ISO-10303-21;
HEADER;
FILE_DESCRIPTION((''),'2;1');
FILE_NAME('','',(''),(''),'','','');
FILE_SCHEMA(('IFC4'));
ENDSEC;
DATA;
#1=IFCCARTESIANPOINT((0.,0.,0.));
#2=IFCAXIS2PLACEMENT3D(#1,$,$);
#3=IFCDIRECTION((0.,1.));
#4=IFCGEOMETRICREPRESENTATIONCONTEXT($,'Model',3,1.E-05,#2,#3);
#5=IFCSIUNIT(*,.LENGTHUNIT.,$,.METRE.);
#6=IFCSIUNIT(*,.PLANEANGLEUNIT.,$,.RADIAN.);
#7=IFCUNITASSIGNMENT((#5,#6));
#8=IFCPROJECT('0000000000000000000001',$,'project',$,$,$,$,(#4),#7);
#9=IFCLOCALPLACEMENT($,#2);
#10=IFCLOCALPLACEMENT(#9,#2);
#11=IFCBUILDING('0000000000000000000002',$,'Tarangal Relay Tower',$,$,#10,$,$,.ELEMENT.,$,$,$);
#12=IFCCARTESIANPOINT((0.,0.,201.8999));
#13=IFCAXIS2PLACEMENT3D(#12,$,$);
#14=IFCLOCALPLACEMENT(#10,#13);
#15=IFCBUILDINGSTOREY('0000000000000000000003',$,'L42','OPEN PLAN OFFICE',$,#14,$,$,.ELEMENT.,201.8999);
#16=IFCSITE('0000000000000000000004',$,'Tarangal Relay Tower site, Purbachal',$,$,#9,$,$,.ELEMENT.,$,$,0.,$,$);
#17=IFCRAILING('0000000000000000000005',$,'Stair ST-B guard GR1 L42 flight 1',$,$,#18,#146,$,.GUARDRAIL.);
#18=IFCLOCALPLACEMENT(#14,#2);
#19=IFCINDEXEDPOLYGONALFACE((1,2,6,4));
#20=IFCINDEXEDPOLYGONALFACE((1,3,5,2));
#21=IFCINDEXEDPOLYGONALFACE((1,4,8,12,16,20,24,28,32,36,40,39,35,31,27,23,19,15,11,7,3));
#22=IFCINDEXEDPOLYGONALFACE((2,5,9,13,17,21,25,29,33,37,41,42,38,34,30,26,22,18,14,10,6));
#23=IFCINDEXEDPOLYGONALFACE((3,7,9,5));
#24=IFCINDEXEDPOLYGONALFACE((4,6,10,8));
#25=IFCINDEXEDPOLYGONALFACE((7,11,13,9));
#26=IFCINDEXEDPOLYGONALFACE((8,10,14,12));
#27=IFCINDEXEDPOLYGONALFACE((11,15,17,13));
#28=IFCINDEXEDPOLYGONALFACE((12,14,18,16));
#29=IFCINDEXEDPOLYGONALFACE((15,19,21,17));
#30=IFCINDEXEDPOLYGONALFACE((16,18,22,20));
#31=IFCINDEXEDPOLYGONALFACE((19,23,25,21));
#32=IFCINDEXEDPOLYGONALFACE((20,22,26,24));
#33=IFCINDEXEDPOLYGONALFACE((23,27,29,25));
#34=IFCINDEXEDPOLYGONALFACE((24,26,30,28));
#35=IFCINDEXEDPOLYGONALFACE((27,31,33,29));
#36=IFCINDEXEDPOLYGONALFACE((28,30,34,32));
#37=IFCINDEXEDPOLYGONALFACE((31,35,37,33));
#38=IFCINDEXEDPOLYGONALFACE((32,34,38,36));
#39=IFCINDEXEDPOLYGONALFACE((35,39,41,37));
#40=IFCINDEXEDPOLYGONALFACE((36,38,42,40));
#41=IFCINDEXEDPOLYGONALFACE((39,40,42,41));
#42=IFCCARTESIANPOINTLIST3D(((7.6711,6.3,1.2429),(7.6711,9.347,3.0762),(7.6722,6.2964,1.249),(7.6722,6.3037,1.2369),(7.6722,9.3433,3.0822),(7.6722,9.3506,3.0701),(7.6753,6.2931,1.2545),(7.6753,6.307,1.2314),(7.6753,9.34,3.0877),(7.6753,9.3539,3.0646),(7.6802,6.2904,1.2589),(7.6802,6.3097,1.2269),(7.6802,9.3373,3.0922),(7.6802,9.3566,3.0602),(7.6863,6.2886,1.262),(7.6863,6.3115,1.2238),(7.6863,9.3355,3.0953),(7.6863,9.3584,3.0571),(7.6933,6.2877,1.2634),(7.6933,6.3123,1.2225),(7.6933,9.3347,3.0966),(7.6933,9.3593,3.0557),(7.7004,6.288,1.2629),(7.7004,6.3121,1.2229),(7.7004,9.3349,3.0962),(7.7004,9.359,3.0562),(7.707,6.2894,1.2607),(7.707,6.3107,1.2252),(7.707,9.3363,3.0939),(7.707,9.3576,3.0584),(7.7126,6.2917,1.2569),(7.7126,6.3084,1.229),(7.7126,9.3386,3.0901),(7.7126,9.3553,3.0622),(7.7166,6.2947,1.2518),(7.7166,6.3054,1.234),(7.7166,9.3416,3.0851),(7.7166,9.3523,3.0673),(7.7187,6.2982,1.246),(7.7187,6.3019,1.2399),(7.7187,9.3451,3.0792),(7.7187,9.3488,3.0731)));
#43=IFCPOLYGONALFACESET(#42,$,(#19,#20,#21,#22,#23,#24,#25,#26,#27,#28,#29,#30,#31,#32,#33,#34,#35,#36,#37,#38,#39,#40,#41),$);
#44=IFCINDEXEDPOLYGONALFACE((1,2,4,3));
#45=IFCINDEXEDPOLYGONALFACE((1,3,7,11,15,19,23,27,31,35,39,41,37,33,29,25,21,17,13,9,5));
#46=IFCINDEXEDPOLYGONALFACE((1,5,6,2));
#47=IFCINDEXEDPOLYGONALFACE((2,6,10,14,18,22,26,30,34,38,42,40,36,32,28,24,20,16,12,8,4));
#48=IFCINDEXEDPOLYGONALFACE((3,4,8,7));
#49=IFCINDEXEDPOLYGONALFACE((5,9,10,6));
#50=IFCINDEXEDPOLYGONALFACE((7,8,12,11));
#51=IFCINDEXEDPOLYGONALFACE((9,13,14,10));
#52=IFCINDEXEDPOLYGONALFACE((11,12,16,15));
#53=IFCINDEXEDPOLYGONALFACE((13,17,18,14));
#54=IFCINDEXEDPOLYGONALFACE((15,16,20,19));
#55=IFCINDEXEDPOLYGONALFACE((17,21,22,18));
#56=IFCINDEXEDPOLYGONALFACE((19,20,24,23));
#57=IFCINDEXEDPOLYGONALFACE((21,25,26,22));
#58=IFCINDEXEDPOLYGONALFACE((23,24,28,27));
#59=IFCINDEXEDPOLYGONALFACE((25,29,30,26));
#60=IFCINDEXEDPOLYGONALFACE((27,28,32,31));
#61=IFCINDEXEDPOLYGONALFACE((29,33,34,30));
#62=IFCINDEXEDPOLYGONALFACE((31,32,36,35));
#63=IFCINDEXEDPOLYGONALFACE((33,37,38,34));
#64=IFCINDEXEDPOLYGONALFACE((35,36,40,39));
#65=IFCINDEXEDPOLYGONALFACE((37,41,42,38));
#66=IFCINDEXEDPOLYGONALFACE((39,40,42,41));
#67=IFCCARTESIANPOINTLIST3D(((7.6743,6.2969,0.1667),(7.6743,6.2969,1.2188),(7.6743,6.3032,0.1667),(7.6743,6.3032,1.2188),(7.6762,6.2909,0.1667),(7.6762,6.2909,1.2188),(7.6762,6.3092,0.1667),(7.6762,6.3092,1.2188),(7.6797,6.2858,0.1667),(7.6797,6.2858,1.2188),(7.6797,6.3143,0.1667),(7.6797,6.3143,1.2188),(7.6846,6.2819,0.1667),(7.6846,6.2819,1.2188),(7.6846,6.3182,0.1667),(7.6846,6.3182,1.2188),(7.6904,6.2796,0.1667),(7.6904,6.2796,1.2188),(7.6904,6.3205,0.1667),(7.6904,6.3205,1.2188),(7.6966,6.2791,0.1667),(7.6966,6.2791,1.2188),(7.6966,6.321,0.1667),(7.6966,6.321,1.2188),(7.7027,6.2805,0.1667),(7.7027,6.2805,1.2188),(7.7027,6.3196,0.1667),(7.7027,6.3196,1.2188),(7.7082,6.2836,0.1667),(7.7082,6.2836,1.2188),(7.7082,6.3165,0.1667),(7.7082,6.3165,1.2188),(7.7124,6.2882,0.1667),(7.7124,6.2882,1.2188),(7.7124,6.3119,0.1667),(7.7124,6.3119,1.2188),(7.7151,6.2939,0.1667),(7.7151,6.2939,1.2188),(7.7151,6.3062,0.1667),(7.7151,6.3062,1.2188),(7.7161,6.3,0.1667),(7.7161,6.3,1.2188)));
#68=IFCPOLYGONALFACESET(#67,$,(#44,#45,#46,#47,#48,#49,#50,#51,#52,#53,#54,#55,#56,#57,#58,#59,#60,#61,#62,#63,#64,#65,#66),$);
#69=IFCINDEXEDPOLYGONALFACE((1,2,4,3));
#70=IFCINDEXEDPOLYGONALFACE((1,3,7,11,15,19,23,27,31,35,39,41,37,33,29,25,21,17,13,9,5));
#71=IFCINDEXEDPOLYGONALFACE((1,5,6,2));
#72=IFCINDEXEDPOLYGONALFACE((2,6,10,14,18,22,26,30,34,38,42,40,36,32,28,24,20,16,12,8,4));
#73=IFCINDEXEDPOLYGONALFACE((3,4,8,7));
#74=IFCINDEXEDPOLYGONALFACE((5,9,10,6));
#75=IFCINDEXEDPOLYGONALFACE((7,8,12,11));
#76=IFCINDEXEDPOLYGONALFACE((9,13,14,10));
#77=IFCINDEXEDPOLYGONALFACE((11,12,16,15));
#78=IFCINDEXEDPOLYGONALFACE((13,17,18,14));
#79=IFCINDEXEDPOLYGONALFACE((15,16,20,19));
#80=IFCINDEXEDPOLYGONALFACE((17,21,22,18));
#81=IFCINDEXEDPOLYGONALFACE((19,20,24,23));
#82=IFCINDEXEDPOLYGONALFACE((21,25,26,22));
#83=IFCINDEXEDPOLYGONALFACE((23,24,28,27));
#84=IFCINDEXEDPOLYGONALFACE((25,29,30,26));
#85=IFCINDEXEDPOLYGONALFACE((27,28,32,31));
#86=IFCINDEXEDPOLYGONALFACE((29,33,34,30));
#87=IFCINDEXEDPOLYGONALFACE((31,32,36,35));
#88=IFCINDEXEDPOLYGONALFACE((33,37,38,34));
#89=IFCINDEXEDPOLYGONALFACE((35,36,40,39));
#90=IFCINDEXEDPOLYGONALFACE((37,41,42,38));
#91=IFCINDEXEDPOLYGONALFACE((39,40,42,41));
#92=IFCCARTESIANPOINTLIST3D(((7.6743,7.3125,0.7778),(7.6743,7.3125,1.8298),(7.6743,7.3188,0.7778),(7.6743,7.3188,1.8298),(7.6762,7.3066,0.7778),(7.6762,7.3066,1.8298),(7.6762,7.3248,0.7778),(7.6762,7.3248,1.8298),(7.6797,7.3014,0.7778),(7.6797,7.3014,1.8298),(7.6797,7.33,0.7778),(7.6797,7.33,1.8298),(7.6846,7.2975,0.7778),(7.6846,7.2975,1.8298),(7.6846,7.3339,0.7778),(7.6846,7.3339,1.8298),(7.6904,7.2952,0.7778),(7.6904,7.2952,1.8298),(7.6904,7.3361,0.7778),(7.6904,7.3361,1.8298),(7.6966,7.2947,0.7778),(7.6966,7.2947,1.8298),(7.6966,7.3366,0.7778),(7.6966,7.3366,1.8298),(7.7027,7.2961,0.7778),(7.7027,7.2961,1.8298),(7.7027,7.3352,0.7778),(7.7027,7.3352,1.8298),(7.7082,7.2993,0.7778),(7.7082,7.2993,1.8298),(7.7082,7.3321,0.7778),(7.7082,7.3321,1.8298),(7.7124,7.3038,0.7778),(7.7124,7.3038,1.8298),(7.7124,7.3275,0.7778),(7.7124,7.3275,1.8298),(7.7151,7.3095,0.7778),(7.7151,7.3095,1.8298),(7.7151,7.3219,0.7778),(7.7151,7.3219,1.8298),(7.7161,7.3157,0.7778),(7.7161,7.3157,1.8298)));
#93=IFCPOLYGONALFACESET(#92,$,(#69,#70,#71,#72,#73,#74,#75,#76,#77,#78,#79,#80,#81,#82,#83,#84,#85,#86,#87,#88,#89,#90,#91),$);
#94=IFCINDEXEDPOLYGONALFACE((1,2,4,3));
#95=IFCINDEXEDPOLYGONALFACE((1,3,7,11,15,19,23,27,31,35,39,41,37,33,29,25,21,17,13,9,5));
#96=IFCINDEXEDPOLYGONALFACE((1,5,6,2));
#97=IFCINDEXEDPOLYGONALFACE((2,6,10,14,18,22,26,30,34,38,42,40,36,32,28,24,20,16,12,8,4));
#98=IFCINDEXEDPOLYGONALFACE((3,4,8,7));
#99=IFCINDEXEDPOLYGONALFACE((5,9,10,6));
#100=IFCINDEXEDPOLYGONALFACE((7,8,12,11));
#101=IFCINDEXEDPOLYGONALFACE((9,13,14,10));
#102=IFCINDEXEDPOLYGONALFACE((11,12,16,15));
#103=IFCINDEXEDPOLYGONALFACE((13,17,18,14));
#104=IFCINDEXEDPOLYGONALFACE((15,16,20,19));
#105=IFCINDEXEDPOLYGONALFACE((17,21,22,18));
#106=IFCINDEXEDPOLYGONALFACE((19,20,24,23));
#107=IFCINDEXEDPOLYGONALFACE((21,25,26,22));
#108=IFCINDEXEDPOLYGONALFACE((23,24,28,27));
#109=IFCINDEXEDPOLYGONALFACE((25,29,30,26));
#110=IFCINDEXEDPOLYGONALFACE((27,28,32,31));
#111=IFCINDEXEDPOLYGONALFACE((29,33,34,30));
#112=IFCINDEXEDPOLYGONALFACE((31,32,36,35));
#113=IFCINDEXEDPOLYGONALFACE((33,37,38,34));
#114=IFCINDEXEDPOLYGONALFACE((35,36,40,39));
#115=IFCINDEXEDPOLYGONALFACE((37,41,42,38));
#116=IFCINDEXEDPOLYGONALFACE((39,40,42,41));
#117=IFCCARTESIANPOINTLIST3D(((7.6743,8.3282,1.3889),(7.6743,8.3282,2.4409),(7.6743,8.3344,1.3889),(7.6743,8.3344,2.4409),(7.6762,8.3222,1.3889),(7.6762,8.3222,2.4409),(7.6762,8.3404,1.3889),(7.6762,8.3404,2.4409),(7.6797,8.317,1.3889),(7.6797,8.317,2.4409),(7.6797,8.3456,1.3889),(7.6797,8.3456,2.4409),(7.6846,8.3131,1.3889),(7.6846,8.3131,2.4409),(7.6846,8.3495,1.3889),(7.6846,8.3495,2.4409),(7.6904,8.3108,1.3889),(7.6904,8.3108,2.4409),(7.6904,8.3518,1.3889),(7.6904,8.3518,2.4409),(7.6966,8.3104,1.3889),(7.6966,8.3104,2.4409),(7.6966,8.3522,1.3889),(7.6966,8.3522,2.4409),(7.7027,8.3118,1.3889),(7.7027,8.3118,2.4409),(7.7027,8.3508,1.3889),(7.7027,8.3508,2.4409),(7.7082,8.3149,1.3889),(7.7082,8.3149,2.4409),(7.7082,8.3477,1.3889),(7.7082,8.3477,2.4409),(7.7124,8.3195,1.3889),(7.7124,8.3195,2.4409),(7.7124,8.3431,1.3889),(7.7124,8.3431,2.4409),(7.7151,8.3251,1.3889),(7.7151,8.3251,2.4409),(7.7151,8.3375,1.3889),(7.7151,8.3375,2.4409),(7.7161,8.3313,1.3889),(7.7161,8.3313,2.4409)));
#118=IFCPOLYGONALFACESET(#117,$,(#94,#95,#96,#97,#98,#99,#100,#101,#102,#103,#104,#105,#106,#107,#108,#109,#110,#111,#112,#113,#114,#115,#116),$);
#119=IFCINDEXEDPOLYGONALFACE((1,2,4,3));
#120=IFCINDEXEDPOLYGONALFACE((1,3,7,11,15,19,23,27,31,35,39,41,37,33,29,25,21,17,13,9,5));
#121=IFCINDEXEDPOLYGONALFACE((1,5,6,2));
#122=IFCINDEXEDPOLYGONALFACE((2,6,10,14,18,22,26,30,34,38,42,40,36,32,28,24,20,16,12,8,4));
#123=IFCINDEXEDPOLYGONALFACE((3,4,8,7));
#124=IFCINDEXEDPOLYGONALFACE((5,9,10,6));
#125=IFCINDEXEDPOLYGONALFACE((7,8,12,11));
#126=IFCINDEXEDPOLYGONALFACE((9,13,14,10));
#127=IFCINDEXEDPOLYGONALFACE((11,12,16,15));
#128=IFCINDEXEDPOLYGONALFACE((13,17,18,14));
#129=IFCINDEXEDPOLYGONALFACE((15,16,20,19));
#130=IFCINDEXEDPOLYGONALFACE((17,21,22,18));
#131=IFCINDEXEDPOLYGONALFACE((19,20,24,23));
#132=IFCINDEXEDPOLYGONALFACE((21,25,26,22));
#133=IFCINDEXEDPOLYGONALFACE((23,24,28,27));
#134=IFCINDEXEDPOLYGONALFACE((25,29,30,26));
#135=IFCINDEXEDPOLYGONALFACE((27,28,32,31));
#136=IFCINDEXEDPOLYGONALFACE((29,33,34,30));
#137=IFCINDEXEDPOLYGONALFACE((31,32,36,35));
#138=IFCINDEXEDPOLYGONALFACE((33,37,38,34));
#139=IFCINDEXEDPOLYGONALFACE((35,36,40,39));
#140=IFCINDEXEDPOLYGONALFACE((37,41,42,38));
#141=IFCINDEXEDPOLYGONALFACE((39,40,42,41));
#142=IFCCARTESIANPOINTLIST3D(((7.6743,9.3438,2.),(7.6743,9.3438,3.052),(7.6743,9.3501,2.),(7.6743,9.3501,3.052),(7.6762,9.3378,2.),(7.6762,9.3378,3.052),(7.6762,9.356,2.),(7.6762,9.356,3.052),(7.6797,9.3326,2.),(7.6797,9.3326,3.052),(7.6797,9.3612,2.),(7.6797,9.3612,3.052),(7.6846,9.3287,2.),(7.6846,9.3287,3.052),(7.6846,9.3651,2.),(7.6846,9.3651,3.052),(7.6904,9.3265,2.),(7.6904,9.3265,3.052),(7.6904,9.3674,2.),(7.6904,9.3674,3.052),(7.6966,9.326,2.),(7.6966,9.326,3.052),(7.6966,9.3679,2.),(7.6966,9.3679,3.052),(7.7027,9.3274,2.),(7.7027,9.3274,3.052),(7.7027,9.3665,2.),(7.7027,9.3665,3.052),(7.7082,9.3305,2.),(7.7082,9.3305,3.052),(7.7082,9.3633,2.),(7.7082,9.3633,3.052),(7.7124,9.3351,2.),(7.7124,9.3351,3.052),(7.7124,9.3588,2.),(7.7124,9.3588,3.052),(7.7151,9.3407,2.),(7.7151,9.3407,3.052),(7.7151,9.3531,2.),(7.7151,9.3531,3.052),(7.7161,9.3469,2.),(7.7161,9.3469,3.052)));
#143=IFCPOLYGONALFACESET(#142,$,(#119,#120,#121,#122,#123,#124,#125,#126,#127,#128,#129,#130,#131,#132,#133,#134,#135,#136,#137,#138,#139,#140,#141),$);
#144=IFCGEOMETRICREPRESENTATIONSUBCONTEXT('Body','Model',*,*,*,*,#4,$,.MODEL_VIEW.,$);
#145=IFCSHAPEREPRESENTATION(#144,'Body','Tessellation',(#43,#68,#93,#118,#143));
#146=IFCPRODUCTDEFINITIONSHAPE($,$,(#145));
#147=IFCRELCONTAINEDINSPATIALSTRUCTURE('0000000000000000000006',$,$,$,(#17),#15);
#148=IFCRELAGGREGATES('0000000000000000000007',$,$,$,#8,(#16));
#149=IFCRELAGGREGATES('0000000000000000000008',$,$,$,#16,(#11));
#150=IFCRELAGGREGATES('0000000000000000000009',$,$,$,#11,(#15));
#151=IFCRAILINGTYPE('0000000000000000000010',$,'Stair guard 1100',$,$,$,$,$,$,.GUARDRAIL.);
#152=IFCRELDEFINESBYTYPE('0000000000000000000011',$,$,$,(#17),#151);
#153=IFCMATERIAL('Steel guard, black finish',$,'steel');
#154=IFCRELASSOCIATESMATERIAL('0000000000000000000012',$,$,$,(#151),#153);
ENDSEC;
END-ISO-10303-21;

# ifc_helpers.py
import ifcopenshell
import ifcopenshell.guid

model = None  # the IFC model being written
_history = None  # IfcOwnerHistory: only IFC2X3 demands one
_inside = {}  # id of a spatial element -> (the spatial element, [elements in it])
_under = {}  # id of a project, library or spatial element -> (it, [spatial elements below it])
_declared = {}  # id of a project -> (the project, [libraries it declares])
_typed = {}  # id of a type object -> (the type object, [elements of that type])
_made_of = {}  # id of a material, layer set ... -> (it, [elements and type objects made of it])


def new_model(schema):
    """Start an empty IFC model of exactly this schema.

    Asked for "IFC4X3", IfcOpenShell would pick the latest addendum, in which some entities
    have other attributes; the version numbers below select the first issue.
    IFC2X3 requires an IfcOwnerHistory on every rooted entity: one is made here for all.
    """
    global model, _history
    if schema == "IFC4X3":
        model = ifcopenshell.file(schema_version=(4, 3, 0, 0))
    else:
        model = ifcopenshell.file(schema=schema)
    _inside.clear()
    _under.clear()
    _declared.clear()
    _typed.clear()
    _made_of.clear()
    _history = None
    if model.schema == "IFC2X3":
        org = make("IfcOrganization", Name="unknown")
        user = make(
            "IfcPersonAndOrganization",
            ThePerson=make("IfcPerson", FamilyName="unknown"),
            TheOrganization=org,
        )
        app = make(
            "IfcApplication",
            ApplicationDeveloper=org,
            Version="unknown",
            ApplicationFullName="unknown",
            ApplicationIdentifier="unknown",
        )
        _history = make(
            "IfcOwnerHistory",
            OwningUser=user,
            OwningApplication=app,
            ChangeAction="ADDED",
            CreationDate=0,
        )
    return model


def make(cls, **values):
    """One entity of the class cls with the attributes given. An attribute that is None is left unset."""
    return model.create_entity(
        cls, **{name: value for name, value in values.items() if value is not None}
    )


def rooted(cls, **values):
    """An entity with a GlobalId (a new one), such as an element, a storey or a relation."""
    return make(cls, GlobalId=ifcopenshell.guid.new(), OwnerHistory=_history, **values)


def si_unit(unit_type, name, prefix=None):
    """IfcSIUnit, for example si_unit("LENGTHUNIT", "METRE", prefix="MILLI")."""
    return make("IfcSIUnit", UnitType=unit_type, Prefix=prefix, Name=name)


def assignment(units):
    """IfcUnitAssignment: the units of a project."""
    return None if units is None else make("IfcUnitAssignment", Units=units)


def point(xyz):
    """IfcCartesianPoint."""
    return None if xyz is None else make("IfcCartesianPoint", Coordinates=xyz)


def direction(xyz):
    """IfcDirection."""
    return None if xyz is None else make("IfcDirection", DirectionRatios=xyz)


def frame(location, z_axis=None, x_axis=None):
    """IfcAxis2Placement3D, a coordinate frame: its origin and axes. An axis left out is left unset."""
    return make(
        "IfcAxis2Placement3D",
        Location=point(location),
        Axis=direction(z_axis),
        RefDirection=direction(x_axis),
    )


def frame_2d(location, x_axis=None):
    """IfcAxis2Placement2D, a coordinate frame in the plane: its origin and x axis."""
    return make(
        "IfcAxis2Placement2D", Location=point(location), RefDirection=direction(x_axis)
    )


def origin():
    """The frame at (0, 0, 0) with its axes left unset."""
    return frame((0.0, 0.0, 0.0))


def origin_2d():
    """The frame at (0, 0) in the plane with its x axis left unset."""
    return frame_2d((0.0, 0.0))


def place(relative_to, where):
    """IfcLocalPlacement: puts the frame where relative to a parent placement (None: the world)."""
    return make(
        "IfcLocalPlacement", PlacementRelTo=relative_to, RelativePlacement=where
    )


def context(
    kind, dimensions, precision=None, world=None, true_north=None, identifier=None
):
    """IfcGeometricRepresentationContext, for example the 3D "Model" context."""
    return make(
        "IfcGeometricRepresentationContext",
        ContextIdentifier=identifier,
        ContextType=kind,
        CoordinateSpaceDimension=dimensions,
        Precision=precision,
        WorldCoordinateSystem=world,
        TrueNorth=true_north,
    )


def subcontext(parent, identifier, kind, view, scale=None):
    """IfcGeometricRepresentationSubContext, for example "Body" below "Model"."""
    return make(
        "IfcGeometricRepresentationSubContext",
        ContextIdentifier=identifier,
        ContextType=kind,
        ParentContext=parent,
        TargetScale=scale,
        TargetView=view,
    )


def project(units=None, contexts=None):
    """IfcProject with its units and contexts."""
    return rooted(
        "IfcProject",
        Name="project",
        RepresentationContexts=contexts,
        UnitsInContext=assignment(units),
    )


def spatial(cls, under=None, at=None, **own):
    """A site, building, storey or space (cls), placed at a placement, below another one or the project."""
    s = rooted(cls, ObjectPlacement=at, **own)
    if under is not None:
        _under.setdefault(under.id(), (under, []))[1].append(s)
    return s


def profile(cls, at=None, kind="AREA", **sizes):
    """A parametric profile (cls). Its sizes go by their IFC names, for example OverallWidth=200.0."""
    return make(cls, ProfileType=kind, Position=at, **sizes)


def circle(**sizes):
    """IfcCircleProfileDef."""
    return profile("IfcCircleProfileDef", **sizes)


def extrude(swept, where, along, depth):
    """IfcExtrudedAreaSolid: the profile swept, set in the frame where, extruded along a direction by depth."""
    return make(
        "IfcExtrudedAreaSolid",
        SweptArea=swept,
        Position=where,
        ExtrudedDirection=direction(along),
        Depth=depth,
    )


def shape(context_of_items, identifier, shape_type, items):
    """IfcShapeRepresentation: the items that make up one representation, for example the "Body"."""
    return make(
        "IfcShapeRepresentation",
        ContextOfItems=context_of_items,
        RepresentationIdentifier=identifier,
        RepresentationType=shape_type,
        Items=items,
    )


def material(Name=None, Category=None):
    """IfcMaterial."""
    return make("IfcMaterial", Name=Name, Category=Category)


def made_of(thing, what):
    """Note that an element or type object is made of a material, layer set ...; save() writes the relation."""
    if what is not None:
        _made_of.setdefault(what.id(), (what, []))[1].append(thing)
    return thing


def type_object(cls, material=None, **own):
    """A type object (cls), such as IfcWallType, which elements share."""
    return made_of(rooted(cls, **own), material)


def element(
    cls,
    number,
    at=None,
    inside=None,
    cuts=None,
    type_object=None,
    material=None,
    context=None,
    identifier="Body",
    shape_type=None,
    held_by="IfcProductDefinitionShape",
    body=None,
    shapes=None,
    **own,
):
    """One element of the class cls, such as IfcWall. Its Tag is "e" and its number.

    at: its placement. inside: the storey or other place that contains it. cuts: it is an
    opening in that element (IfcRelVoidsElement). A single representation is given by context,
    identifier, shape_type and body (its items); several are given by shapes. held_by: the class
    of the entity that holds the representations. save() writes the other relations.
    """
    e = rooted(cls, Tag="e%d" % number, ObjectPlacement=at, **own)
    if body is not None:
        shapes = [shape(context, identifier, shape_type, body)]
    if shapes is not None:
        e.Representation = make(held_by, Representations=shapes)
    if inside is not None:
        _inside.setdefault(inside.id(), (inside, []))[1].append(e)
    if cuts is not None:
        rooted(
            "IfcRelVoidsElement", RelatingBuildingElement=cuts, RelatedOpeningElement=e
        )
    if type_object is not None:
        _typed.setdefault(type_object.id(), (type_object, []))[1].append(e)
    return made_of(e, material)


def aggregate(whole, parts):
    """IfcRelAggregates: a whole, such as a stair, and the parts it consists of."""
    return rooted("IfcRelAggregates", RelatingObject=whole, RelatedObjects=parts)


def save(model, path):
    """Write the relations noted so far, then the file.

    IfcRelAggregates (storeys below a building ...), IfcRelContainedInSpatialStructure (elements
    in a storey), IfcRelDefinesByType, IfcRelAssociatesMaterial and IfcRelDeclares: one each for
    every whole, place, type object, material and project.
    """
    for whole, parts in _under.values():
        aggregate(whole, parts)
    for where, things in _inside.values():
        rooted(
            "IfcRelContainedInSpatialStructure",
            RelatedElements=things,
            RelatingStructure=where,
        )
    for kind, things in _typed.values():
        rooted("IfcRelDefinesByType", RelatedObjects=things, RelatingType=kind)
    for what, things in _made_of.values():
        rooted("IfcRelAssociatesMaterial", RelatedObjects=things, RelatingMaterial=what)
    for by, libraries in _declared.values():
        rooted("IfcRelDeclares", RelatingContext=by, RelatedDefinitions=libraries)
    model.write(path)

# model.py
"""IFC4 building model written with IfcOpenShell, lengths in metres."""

from ifc_helpers import new_model, si_unit, direction, frame, origin, origin_2d, place, context, subcontext, project, spatial, circle, extrude, material, type_object, element, save


model = new_model("IFC4")

# Units and contexts
model_context = context("Model", 3, precision=1e-05, world=origin(), true_north=direction((0.0, 1.0)))
body_context = subcontext(model_context, "Body", "Model", "MODEL_VIEW")
ifc_project = project(units=[si_unit("LENGTHUNIT", "METRE"), si_unit("PLANEANGLEUNIT", "RADIAN")], contexts=[model_context])

# Site, building, storey
site_placement = place(None, origin())
site = spatial("IfcSite", under=ifc_project, at=site_placement, Name="Tarangal Relay Tower site, Purbachal", CompositionType="ELEMENT", RefElevation=0.0)
building_placement = place(site_placement, origin())
building = spatial("IfcBuilding", under=site, at=building_placement, Name="Tarangal Relay Tower", CompositionType="ELEMENT")
storey_placement = place(building_placement, frame((0.0, 0.0, 201.8999)))
storey = spatial("IfcBuildingStorey", under=building, at=storey_placement, Name="L42", Description="OPEN PLAN OFFICE", CompositionType="ELEMENT", Elevation=201.8999)

# Railing
ifc_material_1 = material(Name="Steel guard, black finish", Category="steel")
railing_type_1 = type_object("IfcRailingType", Name="Stair guard 1100", PredefinedType="GUARDRAIL", material=ifc_material_1)
railing_1_placement = place(storey_placement, frame((7.6951, 6.3, 0.1667)))
element("IfcRailing", 1, at=railing_1_placement, inside=storey, type_object=railing_type_1, Name="Stair ST-B guard GR1 L42 flight 1", PredefinedType="GUARDRAIL", context=body_context, shape_type="SweptSolid", body=[
    extrude(circle(Radius=0.0239, at=origin_2d()), frame((0.0, 0.0, 1.0762), z_axis=(0.0, 0.856856, 0.515556), x_axis=(-1.0, 0.0, 0.0)), (0.0, 0.0, 1.0), 3.5559),
    extrude(circle(Radius=0.021, at=origin_2d()), origin(), (0.0, 0.0, 1.0), 1.052),
    extrude(circle(Radius=0.021, at=origin_2d()), frame((0.0, 1.0156, 0.6111)), (0.0, 0.0, 1.0), 1.052),
    extrude(circle(Radius=0.021, at=origin_2d()), frame((0.0, 2.0312, 1.2222)), (0.0, 0.0, 1.0), 1.052),
    extrude(circle(Radius=0.021, at=origin_2d()), frame((0.0, 3.0469, 1.8333)), (0.0, 0.0, 1.0), 1.052),
])

save(model, "model.ifc")
